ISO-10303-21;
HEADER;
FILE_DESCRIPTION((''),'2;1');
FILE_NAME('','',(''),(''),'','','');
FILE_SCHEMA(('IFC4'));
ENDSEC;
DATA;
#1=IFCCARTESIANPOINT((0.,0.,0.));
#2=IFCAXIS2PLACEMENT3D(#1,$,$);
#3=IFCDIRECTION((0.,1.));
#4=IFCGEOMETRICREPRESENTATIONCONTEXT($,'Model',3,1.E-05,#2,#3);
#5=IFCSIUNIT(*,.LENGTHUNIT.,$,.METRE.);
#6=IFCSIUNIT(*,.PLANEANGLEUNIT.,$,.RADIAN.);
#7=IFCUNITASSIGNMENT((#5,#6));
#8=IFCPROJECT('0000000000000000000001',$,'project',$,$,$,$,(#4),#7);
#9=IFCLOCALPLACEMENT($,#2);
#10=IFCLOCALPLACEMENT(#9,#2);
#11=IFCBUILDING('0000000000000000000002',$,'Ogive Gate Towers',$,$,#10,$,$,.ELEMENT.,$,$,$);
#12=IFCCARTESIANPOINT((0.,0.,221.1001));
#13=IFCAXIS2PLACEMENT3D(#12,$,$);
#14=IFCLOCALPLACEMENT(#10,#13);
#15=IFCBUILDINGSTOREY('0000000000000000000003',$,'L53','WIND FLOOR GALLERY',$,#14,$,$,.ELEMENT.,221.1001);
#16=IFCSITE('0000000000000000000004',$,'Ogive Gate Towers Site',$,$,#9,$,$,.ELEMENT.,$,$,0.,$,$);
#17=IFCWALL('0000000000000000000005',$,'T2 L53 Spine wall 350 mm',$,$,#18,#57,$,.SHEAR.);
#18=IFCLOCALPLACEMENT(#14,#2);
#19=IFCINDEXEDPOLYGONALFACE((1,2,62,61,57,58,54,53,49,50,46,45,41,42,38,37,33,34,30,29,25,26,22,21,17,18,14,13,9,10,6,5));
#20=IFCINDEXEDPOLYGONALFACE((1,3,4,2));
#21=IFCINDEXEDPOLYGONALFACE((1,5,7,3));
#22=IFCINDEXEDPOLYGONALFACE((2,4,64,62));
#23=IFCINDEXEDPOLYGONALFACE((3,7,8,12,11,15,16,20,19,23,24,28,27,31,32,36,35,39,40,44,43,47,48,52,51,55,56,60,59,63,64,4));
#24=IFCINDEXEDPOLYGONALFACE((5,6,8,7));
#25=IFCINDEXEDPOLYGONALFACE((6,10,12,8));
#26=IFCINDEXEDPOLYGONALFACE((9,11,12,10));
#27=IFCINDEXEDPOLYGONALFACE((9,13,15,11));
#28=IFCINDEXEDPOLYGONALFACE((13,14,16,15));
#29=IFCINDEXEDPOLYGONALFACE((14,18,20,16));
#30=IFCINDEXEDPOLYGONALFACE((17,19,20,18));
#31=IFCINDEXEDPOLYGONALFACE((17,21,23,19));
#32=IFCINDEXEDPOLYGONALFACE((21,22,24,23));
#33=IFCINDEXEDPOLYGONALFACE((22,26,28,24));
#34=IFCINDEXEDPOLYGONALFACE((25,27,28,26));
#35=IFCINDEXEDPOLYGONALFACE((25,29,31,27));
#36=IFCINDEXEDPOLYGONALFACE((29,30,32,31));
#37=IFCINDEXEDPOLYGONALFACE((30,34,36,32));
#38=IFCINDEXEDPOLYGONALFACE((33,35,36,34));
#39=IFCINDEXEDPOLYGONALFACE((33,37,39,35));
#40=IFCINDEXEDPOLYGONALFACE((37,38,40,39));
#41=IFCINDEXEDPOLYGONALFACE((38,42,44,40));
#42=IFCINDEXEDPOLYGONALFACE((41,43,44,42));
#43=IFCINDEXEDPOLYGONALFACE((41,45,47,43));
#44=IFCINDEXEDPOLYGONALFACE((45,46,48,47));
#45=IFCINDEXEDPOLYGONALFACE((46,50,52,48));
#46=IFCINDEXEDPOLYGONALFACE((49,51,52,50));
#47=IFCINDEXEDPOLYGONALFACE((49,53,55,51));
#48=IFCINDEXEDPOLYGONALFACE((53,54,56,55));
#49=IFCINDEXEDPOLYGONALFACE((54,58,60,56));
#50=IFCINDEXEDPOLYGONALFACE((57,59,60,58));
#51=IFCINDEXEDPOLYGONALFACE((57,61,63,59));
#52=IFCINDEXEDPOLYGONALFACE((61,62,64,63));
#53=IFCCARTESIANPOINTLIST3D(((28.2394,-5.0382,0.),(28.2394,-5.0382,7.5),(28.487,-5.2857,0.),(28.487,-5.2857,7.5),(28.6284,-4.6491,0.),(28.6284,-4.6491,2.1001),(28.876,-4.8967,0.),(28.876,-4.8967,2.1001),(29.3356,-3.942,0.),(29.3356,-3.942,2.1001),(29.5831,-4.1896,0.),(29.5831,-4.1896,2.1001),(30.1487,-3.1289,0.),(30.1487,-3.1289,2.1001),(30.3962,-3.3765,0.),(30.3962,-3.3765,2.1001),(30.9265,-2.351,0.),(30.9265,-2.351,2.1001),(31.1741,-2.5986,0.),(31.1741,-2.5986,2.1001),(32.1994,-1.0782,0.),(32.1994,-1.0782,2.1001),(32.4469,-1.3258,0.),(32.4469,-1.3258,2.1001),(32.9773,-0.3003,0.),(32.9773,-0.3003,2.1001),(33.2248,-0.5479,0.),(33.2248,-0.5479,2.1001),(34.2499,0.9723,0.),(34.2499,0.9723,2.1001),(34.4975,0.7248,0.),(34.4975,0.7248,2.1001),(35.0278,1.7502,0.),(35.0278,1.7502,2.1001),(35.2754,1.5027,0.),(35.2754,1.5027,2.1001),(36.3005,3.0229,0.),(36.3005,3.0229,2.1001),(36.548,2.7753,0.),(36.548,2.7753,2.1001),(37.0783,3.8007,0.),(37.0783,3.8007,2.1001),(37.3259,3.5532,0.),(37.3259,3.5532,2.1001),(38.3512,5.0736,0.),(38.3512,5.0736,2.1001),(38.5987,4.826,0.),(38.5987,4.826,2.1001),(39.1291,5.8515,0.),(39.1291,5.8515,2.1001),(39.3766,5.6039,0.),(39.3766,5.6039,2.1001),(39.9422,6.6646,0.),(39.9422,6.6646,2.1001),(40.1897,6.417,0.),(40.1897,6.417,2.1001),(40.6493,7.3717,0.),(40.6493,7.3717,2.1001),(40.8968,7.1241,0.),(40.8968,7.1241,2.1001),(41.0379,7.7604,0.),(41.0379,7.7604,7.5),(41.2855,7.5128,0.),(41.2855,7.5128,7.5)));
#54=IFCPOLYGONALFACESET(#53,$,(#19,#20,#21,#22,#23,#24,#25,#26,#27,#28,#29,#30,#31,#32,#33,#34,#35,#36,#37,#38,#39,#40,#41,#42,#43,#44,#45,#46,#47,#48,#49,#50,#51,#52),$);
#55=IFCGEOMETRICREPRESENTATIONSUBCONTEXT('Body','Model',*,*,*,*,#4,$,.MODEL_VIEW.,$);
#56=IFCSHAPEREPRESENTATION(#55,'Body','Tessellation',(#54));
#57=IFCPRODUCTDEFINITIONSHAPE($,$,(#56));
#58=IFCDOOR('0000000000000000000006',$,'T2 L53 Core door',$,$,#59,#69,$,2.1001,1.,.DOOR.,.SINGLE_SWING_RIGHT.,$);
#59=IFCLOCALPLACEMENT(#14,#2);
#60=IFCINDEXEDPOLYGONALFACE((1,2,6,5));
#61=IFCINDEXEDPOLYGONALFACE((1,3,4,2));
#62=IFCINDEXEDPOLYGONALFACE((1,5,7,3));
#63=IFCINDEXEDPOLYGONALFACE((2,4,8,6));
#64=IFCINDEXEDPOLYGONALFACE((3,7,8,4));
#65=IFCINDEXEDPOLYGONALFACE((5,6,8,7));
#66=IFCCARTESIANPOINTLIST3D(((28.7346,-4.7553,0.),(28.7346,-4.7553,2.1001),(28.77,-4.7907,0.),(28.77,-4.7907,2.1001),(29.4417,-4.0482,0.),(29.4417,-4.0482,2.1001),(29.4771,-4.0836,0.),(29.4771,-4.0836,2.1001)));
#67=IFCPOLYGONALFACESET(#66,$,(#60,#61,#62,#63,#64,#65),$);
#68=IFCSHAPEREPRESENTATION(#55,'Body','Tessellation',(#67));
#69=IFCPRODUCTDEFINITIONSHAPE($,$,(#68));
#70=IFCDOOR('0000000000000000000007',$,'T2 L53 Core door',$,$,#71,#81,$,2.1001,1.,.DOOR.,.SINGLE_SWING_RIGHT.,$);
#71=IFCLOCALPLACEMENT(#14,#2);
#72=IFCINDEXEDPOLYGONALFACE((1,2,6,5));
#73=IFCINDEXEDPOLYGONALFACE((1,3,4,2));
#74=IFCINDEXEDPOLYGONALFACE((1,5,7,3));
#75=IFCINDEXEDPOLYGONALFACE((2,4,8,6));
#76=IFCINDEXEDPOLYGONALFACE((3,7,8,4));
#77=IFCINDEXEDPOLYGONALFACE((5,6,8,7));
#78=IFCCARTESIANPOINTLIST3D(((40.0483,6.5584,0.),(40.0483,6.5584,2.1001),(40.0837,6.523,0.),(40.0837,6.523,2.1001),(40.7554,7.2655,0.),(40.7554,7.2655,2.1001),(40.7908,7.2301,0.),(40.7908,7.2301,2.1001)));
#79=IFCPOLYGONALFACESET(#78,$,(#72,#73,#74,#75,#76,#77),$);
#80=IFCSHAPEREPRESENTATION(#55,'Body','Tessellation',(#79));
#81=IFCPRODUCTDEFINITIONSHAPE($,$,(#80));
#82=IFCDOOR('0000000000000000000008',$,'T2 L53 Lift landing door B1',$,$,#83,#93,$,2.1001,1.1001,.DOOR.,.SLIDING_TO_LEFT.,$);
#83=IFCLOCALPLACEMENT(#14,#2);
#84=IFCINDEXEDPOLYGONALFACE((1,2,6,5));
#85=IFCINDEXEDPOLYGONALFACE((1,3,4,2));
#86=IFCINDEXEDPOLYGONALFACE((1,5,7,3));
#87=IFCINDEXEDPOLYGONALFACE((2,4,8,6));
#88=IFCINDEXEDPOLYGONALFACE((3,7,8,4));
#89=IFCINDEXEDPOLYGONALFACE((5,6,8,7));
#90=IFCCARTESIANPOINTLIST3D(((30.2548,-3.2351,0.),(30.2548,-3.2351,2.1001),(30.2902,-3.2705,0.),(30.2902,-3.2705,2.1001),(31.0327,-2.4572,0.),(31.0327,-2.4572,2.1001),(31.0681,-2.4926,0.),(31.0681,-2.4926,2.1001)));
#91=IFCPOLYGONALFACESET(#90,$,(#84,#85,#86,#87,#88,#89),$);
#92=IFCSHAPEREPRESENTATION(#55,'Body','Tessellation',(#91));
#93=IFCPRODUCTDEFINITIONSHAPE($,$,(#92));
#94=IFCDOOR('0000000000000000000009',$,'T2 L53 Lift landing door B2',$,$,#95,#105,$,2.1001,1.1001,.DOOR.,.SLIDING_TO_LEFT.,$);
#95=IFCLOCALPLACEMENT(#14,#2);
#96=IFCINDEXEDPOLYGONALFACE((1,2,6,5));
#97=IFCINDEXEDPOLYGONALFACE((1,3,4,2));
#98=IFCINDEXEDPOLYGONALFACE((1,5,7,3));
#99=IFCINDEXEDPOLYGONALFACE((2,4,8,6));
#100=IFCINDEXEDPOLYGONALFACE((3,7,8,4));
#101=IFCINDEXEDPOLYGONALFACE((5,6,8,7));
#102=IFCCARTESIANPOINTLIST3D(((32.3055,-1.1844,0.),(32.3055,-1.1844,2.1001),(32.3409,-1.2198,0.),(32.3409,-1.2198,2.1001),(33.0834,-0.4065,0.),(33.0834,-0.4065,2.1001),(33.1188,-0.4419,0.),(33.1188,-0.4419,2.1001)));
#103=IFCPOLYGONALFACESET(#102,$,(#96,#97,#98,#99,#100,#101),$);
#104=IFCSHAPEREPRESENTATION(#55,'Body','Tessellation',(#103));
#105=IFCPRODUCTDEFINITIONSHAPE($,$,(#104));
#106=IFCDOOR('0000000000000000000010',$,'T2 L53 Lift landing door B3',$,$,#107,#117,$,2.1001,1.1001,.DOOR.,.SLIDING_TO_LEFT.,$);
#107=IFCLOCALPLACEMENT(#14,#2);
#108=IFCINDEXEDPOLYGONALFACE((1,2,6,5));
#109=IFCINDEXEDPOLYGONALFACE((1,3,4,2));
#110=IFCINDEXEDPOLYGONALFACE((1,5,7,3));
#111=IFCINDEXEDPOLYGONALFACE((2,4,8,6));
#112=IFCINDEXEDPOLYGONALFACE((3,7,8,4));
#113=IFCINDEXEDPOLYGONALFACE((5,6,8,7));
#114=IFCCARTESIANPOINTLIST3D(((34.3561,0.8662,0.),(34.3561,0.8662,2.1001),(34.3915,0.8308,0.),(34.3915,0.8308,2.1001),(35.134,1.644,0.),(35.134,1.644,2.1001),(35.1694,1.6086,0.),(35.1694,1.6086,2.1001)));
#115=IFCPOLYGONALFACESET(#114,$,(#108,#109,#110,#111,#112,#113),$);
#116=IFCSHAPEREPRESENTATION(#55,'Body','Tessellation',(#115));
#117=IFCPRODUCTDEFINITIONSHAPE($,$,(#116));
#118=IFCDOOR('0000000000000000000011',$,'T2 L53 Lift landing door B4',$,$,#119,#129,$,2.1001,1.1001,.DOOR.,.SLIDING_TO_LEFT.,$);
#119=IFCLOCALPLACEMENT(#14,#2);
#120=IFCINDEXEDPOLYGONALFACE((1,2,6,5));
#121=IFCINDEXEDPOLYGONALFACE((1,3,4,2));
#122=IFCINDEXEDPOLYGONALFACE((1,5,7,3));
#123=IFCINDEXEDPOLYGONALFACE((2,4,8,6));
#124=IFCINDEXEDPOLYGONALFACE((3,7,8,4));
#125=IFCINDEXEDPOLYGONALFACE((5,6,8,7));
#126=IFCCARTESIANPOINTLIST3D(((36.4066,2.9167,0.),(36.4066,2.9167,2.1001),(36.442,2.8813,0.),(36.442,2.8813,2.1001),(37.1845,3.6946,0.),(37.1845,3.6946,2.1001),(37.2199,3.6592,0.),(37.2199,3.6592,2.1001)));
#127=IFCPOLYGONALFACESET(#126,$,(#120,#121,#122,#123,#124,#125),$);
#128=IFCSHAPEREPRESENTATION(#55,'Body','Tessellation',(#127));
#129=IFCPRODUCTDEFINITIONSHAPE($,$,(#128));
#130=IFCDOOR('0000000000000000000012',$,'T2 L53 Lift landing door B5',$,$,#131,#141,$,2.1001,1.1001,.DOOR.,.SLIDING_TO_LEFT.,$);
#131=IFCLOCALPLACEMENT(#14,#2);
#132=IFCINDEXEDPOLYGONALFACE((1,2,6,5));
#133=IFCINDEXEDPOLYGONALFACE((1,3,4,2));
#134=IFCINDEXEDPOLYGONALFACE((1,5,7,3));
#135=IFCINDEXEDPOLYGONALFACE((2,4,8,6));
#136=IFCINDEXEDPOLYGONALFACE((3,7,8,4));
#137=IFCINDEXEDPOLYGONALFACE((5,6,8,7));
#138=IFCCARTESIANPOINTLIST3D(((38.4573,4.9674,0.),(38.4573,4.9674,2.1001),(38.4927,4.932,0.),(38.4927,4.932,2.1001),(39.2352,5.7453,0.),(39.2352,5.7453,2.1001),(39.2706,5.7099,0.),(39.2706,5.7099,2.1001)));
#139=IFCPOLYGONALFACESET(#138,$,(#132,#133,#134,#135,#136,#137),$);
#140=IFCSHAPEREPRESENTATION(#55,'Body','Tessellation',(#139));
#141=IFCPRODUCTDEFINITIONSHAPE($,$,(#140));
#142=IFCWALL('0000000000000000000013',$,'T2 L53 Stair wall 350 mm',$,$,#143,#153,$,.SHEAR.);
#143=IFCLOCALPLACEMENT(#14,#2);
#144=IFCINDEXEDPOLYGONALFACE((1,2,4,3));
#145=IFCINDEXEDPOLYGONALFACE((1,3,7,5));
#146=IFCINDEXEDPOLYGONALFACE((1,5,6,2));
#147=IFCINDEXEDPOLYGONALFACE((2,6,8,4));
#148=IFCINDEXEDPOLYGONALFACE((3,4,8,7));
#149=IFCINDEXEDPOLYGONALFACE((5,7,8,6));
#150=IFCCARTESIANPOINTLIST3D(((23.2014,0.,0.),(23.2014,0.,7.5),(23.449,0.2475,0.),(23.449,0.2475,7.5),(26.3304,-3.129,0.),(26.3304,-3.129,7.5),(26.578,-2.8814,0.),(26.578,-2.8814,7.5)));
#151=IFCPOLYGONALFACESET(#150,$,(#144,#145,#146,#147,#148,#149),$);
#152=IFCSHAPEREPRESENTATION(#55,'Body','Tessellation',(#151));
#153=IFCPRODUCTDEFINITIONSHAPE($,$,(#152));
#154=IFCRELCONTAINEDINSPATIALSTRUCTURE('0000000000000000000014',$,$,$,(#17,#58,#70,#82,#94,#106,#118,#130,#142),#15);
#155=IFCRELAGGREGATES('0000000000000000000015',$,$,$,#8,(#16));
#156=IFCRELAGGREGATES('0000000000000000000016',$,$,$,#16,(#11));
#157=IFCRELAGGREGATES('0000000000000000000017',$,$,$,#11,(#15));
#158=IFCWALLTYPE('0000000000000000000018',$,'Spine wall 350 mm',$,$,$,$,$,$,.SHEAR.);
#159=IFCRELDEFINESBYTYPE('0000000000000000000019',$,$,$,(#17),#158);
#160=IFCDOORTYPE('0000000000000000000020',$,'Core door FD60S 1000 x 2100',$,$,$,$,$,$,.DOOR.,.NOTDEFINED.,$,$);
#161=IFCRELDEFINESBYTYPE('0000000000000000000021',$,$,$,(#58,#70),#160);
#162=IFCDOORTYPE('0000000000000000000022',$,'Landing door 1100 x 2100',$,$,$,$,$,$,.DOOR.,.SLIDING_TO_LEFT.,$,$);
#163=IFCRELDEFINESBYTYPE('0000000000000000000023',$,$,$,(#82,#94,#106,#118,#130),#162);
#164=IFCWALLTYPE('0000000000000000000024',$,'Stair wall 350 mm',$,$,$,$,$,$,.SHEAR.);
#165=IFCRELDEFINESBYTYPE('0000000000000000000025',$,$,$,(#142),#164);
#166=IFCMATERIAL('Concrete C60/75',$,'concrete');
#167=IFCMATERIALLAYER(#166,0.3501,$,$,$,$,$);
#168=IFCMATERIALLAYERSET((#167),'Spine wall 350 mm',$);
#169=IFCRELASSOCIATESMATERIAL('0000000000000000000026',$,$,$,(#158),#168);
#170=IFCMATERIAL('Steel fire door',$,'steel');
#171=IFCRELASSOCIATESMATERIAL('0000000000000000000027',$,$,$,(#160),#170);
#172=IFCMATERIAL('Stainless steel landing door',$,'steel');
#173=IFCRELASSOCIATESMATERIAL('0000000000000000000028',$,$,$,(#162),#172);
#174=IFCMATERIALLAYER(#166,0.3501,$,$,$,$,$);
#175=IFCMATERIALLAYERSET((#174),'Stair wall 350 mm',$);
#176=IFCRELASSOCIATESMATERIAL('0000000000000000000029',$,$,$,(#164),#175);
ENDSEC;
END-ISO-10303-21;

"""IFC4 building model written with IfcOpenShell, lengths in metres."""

from ifc_helpers import new_model, si_unit, direction, frame, frame_2d, origin, place, context, subcontext, project, spatial, rectangle, extrude, material, layer, layer_set, type_object, element, fill, save


model = new_model("IFC4")

# Units and contexts
model_context = context("Model", 3, precision=1e-05, world=origin(), true_north=direction((0.0, 1.0)))
body_context = subcontext(model_context, "Body", "Model", "MODEL_VIEW")
ifc_project = project(units=[si_unit("LENGTHUNIT", "METRE"), si_unit("PLANEANGLEUNIT", "RADIAN")], contexts=[model_context])

# Site, building, storey
site_placement = place(None, origin())
site = spatial("IfcSite", under=ifc_project, at=site_placement, Name="Ogive Gate Towers Site", CompositionType="ELEMENT", RefElevation=0.0)
building_placement = place(site_placement, origin())
building = spatial("IfcBuilding", under=site, at=building_placement, Name="Ogive Gate Towers", CompositionType="ELEMENT")
storey_placement = place(building_placement, frame((0.0, 0.0, 221.1001)))
storey = spatial("IfcBuildingStorey", under=building, at=storey_placement, Name="L53", Description="WIND FLOOR GALLERY", CompositionType="ELEMENT", Elevation=221.1001)

# Shared definitions
ifc_material_1 = material(Name="Concrete C60/75", Category="concrete")

# Wall, openings, doors
ifc_layer_1 = layer(ifc_material_1, 0.3501)
ifc_layer_set_1 = layer_set([ifc_layer_1], Name="Spine wall 350 mm")
wall_type_1 = type_object("IfcWallType", Name="Spine wall 350 mm", PredefinedType="SHEAR", material=ifc_layer_set_1)
ifc_material_2 = material(Name="Steel fire door", Category="steel")
door_type_1 = type_object("IfcDoorType", Name="Core door FD60S 1000 x 2100", OperationType="NOTDEFINED", PredefinedType="DOOR", material=ifc_material_2)
ifc_material_3 = material(Name="Stainless steel landing door", Category="steel")
door_type_2 = type_object("IfcDoorType", Name="Landing door 1100 x 2100", OperationType="SLIDING_TO_LEFT", PredefinedType="DOOR", material=ifc_material_3)
wall_1_placement = place(storey_placement, frame((28.3633, -5.1619, 0.0), z_axis=(0.0, 0.0, 1.0), x_axis=(0.707107, 0.707107, 0.0)))
wall_1 = element("IfcWall", 1, at=wall_1_placement, inside=storey, type_object=wall_type_1, Name="T2 L53 Spine wall 350 mm", PredefinedType="SHEAR", context=body_context, shape_type="SweptSolid", body=[
    extrude(rectangle(XDim=18.0999, YDim=0.3501, at=frame_2d((9.0498, 0.0))), origin(), (0.0, 0.0, 1.0), 7.5),
])
opening_1_placement = place(wall_1_placement, frame((0.55, 0.0, 0.0)))
opening_1 = element("IfcOpeningElement", 2, at=opening_1_placement, cuts=wall_1, PredefinedType="OPENING", context=body_context, shape_type="SweptSolid", body=[
    extrude(rectangle(XDim=1.0, YDim=2.1001, at=frame_2d((0.5, 1.05))), frame((0.0, 0.1851, 0.0), z_axis=(0.0, -1.0, 0.0), x_axis=(1.0, 0.0, 0.0)), (0.0, 0.0, 1.0), 0.3701),
])
opening_2_placement = place(wall_1_placement, frame((2.7, 0.0, 0.0)))
opening_2 = element("IfcOpeningElement", 3, at=opening_2_placement, cuts=wall_1, PredefinedType="OPENING", context=body_context, shape_type="SweptSolid", body=[
    extrude(rectangle(XDim=1.1001, YDim=2.1001, at=frame_2d((0.55, 1.05))), frame((0.0, 0.1851, 0.0), z_axis=(0.0, -1.0, 0.0), x_axis=(1.0, 0.0, 0.0)), (0.0, 0.0, 1.0), 0.3701),
])
opening_3_placement = place(wall_1_placement, frame((5.6001, 0.0, 0.0)))
opening_3 = element("IfcOpeningElement", 4, at=opening_3_placement, cuts=wall_1, PredefinedType="OPENING", context=body_context, shape_type="SweptSolid", body=[
    extrude(rectangle(XDim=1.1001, YDim=2.1001, at=frame_2d((0.55, 1.05))), frame((0.0, 0.1851, 0.0), z_axis=(0.0, -1.0, 0.0), x_axis=(1.0, 0.0, 0.0)), (0.0, 0.0, 1.0), 0.3701),
])
opening_4_placement = place(wall_1_placement, frame((8.5, 0.0, 0.0)))
opening_4 = element("IfcOpeningElement", 5, at=opening_4_placement, cuts=wall_1, PredefinedType="OPENING", context=body_context, shape_type="SweptSolid", body=[
    extrude(rectangle(XDim=1.1001, YDim=2.1001, at=frame_2d((0.55, 1.05))), frame((0.0, 0.1851, 0.0), z_axis=(0.0, -1.0, 0.0), x_axis=(1.0, 0.0, 0.0)), (0.0, 0.0, 1.0), 0.3701),
])
opening_5_placement = place(wall_1_placement, frame((11.3999, 0.0, 0.0)))
opening_5 = element("IfcOpeningElement", 6, at=opening_5_placement, cuts=wall_1, PredefinedType="OPENING", context=body_context, shape_type="SweptSolid", body=[
    extrude(rectangle(XDim=1.1001, YDim=2.1001, at=frame_2d((0.55, 1.05))), frame((0.0, 0.1851, 0.0), z_axis=(0.0, -1.0, 0.0), x_axis=(1.0, 0.0, 0.0)), (0.0, 0.0, 1.0), 0.3701),
])
opening_6_placement = place(wall_1_placement, frame((14.3, 0.0, 0.0)))
opening_6 = element("IfcOpeningElement", 7, at=opening_6_placement, cuts=wall_1, PredefinedType="OPENING", context=body_context, shape_type="SweptSolid", body=[
    extrude(rectangle(XDim=1.1001, YDim=2.1001, at=frame_2d((0.55, 1.05))), frame((0.0, 0.1851, 0.0), z_axis=(0.0, -1.0, 0.0), x_axis=(1.0, 0.0, 0.0)), (0.0, 0.0, 1.0), 0.3701),
])
opening_7_placement = place(wall_1_placement, frame((16.55, 0.0, 0.0)))
opening_7 = element("IfcOpeningElement", 8, at=opening_7_placement, cuts=wall_1, PredefinedType="OPENING", context=body_context, shape_type="SweptSolid", body=[
    extrude(rectangle(XDim=1.0, YDim=2.1001, at=frame_2d((0.5, 1.05))), frame((0.0, 0.1851, 0.0), z_axis=(0.0, -1.0, 0.0), x_axis=(1.0, 0.0, 0.0)), (0.0, 0.0, 1.0), 0.3701),
])
door_1_placement = place(opening_1_placement, origin())
door_1 = element("IfcDoor", 9, at=door_1_placement, inside=storey, type_object=door_type_1, Name="T2 L53 Core door", OperationType="SINGLE_SWING_RIGHT", OverallHeight=2.1001, OverallWidth=1.0, PredefinedType="DOOR", context=body_context, shape_type="SweptSolid", body=[
    extrude(rectangle(XDim=1.0, YDim=2.1001, at=frame_2d((0.5, 1.05))), frame((0.0, 0.0249, 0.0), z_axis=(0.0, -1.0, 0.0), x_axis=(1.0, 0.0, 0.0)), (0.0, 0.0, 1.0), 0.05),
])
fill(opening_1, door_1)
door_2_placement = place(opening_7_placement, origin())
door_2 = element("IfcDoor", 10, at=door_2_placement, inside=storey, type_object=door_type_1, Name="T2 L53 Core door", OperationType="SINGLE_SWING_RIGHT", OverallHeight=2.1001, OverallWidth=1.0, PredefinedType="DOOR", context=body_context, shape_type="SweptSolid", body=[
    extrude(rectangle(XDim=1.0, YDim=2.1001, at=frame_2d((0.5, 1.05))), frame((0.0, 0.0249, 0.0), z_axis=(0.0, -1.0, 0.0), x_axis=(1.0, 0.0, 0.0)), (0.0, 0.0, 1.0), 0.05),
])
fill(opening_7, door_2)
door_3_placement = place(opening_2_placement, origin())
door_3 = element("IfcDoor", 11, at=door_3_placement, inside=storey, type_object=door_type_2, Name="T2 L53 Lift landing door B1", OperationType="SLIDING_TO_LEFT", OverallHeight=2.1001, OverallWidth=1.1001, PredefinedType="DOOR", context=body_context, shape_type="SweptSolid", body=[
    extrude(rectangle(XDim=1.1001, YDim=2.1001, at=frame_2d((0.55, 1.05))), frame((0.0, 0.0249, 0.0), z_axis=(0.0, -1.0, 0.0), x_axis=(1.0, 0.0, 0.0)), (0.0, 0.0, 1.0), 0.05),
])
fill(opening_2, door_3)
door_4_placement = place(opening_3_placement, origin())
door_4 = element("IfcDoor", 12, at=door_4_placement, inside=storey, type_object=door_type_2, Name="T2 L53 Lift landing door B2", OperationType="SLIDING_TO_LEFT", OverallHeight=2.1001, OverallWidth=1.1001, PredefinedType="DOOR", context=body_context, shape_type="SweptSolid", body=[
    extrude(rectangle(XDim=1.1001, YDim=2.1001, at=frame_2d((0.55, 1.05))), frame((0.0, 0.0249, 0.0), z_axis=(0.0, -1.0, 0.0), x_axis=(1.0, 0.0, 0.0)), (0.0, 0.0, 1.0), 0.05),
])
fill(opening_3, door_4)
door_5_placement = place(opening_4_placement, origin())
door_5 = element("IfcDoor", 13, at=door_5_placement, inside=storey, type_object=door_type_2, Name="T2 L53 Lift landing door B3", OperationType="SLIDING_TO_LEFT", OverallHeight=2.1001, OverallWidth=1.1001, PredefinedType="DOOR", context=body_context, shape_type="SweptSolid", body=[
    extrude(rectangle(XDim=1.1001, YDim=2.1001, at=frame_2d((0.55, 1.05))), frame((0.0, 0.0249, 0.0), z_axis=(0.0, -1.0, 0.0), x_axis=(1.0, 0.0, 0.0)), (0.0, 0.0, 1.0), 0.05),
])
fill(opening_4, door_5)
door_6_placement = place(opening_5_placement, origin())
door_6 = element("IfcDoor", 14, at=door_6_placement, inside=storey, type_object=door_type_2, Name="T2 L53 Lift landing door B4", OperationType="SLIDING_TO_LEFT", OverallHeight=2.1001, OverallWidth=1.1001, PredefinedType="DOOR", context=body_context, shape_type="SweptSolid", body=[
    extrude(rectangle(XDim=1.1001, YDim=2.1001, at=frame_2d((0.55, 1.05))), frame((0.0, 0.0249, 0.0), z_axis=(0.0, -1.0, 0.0), x_axis=(1.0, 0.0, 0.0)), (0.0, 0.0, 1.0), 0.05),
])
fill(opening_5, door_6)
door_7_placement = place(opening_6_placement, origin())
door_7 = element("IfcDoor", 15, at=door_7_placement, inside=storey, type_object=door_type_2, Name="T2 L53 Lift landing door B5", OperationType="SLIDING_TO_LEFT", OverallHeight=2.1001, OverallWidth=1.1001, PredefinedType="DOOR", context=body_context, shape_type="SweptSolid", body=[
    extrude(rectangle(XDim=1.1001, YDim=2.1001, at=frame_2d((0.55, 1.05))), frame((0.0, 0.0249, 0.0), z_axis=(0.0, -1.0, 0.0), x_axis=(1.0, 0.0, 0.0)), (0.0, 0.0, 1.0), 0.05),
])
fill(opening_6, door_7)

# Wall
ifc_layer_2 = layer(ifc_material_1, 0.3501)
ifc_layer_set_2 = layer_set([ifc_layer_2], Name="Stair wall 350 mm")
wall_type_2 = type_object("IfcWallType", Name="Stair wall 350 mm", PredefinedType="SHEAR", material=ifc_layer_set_2)
wall_2_placement = place(storey_placement, frame((26.4541, -3.0051, 0.0), z_axis=(0.0, 0.0, 1.0), x_axis=(-0.707107, 0.707107, 0.0)))
element("IfcWall", 16, at=wall_2_placement, inside=storey, type_object=wall_type_2, Name="T2 L53 Stair wall 350 mm", PredefinedType="SHEAR", context=body_context, shape_type="SweptSolid", body=[
    extrude(rectangle(XDim=4.425, YDim=0.3501, at=frame_2d((2.2124, 0.0))), origin(), (0.0, 0.0, 1.0), 7.5),
])

save(model, "model.ifc")
